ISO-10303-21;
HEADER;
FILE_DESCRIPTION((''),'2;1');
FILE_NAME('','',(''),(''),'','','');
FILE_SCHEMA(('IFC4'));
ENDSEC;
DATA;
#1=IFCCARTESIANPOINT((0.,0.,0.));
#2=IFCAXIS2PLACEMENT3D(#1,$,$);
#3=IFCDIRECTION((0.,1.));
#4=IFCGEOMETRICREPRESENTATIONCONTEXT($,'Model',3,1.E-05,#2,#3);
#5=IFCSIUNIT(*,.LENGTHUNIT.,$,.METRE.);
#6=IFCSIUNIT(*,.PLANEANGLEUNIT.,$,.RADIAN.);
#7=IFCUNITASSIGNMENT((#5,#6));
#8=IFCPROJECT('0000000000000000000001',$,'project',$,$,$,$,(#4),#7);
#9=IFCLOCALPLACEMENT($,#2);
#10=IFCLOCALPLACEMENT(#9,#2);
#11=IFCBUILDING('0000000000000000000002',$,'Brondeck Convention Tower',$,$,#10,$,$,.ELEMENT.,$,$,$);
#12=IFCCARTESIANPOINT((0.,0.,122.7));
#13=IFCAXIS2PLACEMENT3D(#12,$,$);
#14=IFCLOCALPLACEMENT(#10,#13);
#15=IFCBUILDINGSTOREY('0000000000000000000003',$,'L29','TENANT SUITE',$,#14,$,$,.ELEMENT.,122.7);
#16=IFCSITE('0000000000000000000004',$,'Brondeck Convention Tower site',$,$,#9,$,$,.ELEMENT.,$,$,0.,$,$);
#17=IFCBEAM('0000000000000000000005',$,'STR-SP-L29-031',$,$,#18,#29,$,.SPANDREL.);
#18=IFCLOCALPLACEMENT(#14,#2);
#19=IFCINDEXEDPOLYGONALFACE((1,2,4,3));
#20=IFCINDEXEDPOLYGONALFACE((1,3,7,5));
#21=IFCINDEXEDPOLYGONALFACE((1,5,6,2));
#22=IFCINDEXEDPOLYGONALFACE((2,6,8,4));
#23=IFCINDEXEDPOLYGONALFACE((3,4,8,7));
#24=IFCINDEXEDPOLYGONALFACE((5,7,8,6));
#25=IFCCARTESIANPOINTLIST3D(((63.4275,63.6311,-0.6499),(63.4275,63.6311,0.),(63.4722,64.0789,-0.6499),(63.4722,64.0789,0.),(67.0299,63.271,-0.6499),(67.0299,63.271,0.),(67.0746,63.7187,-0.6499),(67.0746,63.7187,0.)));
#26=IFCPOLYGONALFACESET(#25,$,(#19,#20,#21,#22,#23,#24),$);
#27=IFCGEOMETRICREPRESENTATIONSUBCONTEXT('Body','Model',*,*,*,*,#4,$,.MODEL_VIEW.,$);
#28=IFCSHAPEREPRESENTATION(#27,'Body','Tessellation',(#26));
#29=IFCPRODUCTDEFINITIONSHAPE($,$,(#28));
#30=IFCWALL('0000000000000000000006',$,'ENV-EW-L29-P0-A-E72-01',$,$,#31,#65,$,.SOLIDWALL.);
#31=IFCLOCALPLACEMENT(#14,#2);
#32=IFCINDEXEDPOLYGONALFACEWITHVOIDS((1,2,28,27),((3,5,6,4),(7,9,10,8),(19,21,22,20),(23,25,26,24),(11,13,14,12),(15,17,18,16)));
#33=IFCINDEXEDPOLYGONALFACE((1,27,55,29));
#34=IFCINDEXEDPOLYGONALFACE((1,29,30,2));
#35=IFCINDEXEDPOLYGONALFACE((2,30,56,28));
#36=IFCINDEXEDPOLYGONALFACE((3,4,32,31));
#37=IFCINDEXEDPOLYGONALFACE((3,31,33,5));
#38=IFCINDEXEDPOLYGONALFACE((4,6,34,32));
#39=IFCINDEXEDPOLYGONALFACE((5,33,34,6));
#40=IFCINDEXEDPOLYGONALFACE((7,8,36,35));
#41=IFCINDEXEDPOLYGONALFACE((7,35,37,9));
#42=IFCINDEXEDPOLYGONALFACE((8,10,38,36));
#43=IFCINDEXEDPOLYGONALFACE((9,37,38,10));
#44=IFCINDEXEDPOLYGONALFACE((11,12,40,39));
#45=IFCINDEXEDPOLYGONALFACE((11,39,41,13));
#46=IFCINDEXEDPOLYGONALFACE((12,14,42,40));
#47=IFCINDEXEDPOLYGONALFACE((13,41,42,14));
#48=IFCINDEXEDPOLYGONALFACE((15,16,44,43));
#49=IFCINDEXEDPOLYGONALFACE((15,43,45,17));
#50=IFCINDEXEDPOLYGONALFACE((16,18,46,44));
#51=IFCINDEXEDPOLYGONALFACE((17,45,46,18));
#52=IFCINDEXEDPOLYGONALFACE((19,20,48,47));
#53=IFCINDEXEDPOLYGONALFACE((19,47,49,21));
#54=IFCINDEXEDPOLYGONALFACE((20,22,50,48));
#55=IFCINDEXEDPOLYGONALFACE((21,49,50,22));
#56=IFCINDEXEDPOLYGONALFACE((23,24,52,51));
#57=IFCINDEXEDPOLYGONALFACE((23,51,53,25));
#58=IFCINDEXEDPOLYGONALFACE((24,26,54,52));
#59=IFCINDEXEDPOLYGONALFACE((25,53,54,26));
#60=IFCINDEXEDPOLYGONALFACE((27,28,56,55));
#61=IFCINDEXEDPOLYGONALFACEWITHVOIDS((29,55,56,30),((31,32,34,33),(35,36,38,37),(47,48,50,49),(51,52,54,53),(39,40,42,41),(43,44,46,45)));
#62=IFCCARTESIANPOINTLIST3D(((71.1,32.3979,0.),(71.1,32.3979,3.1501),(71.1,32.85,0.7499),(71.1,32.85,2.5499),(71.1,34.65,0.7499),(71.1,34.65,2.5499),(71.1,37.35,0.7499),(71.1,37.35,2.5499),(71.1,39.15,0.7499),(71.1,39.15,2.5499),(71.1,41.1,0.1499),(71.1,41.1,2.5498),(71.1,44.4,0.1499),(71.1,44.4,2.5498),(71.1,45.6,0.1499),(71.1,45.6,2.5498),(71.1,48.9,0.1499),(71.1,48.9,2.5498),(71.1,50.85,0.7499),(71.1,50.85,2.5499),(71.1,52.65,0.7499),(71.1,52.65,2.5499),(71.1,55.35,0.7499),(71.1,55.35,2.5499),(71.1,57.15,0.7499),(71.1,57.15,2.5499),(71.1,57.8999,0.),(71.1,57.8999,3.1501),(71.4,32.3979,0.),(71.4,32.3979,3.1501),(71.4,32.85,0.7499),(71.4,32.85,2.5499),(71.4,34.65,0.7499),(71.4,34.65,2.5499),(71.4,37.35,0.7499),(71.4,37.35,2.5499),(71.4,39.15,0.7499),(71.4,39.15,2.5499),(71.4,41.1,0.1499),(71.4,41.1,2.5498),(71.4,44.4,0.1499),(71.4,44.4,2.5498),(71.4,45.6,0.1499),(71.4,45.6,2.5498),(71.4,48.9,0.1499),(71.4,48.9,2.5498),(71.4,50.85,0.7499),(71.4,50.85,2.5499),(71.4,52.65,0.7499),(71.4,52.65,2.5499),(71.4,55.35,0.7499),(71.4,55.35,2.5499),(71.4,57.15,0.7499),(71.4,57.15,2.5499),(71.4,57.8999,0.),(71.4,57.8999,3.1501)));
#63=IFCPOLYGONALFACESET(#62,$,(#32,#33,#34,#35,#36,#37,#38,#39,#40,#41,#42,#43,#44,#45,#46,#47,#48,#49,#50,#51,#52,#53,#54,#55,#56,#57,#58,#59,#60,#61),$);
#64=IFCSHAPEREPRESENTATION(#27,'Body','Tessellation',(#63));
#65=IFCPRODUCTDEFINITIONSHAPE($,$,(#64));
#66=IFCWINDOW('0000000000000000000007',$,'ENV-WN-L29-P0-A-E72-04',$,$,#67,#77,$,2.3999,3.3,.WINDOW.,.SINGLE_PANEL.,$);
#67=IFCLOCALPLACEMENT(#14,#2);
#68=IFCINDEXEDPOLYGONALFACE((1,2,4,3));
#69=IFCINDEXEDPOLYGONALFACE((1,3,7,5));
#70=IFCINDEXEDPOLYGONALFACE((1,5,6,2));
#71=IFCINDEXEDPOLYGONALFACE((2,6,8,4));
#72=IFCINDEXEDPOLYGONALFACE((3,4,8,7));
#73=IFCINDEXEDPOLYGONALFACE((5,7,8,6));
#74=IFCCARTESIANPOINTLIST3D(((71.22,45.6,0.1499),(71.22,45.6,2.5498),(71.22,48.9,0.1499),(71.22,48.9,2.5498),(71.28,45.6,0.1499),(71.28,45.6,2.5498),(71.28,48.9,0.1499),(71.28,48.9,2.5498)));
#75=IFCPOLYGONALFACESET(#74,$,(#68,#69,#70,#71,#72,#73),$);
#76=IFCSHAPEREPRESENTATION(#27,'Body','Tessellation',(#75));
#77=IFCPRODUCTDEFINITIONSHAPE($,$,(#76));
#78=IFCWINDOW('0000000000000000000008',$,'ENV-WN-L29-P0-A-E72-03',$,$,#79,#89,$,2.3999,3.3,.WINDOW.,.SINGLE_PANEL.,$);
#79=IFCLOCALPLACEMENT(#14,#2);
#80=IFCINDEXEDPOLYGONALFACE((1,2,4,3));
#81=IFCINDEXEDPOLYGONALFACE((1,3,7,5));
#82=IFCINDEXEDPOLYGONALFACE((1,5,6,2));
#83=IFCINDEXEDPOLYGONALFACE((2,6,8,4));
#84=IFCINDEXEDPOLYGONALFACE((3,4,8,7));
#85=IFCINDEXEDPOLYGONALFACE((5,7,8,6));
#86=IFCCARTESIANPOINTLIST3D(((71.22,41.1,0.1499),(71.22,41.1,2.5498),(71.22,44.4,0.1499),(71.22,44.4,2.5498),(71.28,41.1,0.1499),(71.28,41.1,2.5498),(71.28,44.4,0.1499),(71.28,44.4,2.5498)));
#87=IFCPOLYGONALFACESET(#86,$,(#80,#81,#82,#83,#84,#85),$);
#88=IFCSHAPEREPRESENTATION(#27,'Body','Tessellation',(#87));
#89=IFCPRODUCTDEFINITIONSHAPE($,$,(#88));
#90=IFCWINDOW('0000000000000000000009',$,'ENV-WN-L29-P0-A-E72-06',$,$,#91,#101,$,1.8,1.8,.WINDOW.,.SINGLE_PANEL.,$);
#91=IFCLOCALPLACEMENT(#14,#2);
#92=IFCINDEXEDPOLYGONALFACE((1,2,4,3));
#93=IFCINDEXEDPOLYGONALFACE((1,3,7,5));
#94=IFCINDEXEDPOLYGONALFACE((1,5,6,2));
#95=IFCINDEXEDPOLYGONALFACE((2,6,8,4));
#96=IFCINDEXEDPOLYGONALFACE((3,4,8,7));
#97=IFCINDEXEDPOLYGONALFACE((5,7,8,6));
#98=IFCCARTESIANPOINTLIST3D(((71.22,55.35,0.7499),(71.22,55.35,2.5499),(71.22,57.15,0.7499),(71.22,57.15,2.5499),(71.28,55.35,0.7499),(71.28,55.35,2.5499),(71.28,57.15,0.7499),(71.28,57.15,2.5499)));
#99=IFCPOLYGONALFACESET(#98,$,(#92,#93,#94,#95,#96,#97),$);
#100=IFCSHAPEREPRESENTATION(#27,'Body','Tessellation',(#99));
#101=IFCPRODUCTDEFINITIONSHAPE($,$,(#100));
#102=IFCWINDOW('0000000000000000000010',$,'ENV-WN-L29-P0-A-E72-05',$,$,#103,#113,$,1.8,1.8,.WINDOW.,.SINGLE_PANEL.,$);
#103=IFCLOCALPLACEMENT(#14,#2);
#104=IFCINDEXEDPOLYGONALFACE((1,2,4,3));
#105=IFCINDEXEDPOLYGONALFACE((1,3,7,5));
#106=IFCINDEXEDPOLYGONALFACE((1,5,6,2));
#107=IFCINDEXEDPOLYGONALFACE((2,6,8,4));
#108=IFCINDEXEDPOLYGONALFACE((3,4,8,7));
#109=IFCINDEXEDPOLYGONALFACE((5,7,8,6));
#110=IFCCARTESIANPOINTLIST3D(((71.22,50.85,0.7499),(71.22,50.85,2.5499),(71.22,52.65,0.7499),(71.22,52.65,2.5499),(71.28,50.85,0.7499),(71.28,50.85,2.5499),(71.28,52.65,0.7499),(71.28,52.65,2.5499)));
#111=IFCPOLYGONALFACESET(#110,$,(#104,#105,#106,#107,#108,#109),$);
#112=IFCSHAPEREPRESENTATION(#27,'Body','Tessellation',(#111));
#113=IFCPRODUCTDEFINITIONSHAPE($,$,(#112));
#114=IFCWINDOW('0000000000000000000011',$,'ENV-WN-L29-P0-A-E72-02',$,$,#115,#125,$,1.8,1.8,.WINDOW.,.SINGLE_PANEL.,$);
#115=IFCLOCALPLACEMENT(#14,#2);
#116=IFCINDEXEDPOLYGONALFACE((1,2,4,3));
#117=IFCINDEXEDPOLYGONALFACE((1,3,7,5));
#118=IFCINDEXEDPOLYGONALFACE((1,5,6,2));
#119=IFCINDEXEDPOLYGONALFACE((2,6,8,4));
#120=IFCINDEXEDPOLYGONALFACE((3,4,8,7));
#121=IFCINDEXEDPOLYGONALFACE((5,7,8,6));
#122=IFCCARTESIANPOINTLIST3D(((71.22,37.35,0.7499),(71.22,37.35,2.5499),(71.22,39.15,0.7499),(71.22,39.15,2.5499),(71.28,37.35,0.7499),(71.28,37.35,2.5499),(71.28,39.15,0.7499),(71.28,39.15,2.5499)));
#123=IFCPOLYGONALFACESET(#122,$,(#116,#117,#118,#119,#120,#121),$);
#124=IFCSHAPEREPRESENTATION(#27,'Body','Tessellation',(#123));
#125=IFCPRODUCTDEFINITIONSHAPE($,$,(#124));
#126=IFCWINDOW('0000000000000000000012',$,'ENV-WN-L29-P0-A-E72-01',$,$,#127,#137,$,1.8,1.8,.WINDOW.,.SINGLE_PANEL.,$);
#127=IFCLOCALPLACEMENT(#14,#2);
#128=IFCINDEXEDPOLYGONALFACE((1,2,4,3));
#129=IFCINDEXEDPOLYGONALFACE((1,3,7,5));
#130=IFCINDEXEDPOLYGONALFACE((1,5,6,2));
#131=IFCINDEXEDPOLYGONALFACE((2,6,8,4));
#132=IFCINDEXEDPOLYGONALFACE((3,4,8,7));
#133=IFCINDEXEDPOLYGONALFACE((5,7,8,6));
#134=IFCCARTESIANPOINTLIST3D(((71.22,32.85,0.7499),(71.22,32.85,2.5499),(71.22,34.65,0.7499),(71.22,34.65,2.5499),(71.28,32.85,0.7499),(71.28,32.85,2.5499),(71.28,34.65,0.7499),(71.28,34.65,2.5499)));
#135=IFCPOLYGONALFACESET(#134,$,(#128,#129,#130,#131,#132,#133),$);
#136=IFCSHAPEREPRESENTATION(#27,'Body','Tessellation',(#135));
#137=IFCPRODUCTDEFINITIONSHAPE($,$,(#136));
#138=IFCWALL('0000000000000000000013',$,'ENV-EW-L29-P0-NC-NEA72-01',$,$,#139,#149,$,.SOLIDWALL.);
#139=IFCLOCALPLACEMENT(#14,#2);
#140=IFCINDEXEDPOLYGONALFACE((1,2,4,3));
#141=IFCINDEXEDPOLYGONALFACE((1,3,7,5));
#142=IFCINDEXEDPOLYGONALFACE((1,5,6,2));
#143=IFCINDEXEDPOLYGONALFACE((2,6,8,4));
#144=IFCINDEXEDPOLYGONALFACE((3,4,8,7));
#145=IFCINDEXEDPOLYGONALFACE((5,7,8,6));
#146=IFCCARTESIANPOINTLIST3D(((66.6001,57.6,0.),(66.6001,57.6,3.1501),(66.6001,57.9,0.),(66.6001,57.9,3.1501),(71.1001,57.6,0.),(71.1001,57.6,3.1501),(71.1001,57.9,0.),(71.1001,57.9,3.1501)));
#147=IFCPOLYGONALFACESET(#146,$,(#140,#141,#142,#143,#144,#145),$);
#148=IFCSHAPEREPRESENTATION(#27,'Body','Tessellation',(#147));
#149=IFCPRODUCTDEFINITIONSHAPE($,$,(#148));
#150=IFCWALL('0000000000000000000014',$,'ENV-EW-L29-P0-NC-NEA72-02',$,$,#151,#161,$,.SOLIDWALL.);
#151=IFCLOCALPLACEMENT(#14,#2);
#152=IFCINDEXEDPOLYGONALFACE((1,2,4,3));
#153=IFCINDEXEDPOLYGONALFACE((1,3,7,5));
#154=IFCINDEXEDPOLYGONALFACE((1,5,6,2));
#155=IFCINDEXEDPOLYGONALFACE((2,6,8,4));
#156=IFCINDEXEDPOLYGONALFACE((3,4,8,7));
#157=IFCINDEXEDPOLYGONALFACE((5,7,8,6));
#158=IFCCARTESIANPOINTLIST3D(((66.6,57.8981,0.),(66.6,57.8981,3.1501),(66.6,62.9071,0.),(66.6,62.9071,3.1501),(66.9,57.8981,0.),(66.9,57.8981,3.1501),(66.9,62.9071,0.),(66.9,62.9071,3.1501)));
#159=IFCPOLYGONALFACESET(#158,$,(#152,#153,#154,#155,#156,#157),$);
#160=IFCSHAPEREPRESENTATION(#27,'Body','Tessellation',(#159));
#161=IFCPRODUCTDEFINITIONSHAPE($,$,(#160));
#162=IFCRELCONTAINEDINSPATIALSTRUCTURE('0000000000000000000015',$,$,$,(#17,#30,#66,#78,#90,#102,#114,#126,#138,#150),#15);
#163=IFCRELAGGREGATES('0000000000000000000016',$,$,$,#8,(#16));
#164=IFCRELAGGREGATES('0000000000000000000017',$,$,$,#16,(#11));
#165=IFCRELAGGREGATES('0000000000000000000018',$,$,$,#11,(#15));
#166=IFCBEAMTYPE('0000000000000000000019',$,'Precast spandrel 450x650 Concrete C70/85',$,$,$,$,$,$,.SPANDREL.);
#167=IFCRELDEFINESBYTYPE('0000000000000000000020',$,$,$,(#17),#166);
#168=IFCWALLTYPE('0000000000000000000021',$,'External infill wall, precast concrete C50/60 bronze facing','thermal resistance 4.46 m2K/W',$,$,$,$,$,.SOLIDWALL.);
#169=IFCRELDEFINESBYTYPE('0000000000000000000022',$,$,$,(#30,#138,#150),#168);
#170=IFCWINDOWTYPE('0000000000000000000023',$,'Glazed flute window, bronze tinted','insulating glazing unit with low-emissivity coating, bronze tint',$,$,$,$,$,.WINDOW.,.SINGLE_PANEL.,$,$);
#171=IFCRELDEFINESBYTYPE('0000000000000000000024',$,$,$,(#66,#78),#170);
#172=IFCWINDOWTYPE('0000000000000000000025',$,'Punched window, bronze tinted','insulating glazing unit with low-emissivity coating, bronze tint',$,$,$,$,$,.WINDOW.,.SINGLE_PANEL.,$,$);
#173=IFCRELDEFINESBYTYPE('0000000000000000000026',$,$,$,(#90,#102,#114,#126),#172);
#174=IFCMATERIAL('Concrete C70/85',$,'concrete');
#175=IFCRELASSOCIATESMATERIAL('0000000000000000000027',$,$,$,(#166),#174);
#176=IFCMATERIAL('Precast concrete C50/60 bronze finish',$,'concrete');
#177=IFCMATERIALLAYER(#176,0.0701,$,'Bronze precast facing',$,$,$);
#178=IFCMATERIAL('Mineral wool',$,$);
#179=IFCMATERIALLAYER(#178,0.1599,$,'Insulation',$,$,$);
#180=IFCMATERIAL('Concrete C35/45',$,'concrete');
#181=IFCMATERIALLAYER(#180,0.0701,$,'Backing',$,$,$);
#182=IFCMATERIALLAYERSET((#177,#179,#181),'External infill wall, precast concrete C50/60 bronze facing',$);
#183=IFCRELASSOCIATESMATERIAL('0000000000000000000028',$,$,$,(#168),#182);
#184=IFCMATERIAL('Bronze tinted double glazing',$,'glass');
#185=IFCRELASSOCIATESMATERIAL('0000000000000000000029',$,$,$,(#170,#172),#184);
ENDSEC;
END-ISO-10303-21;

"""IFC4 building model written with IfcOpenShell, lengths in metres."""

from ifc_helpers import new_model, si_unit, direction, frame, frame_2d, origin, origin_2d, place, context, subcontext, project, spatial, rectangle, extrude, material, layer, layer_set, material_profile, profile_set, type_object, element, fill, save


model = new_model("IFC4")

# Units and contexts
model_context = context("Model", 3, precision=1e-05, world=origin(), true_north=direction((0.0, 1.0)))
body_context = subcontext(model_context, "Body", "Model", "MODEL_VIEW")
ifc_project = project(units=[si_unit("LENGTHUNIT", "METRE"), si_unit("PLANEANGLEUNIT", "RADIAN")], contexts=[model_context])

# Site, building, storey
site_placement = place(None, origin())
site = spatial("IfcSite", under=ifc_project, at=site_placement, Name="Brondeck Convention Tower site", CompositionType="ELEMENT", RefElevation=0.0)
building_placement = place(site_placement, origin())
building = spatial("IfcBuilding", under=site, at=building_placement, Name="Brondeck Convention Tower", CompositionType="ELEMENT")
storey_placement = place(building_placement, frame((0.0, 0.0, 122.7)))
storey = spatial("IfcBuildingStorey", under=building, at=storey_placement, Name="L29", Description="TENANT SUITE", CompositionType="ELEMENT", Elevation=122.7)

# Shared definitions
ifc_material_1 = material(Name="Concrete C70/85", Category="concrete")

# Beam
ifc_material_profile_1 = material_profile(ifc_material_1, rectangle(XDim=0.45, YDim=0.6499, at=origin_2d()), Name="Precast spandrel 450x650 Concrete C70/85")
ifc_profile_set_1 = profile_set([ifc_material_profile_1], Name="Concrete C70/85")
beam_type_1 = type_object("IfcBeamType", Name="Precast spandrel 450x650 Concrete C70/85", PredefinedType="SPANDREL", material=ifc_profile_set_1)
beam_1_placement = place(storey_placement, frame((67.0522, 63.4949, -0.325), z_axis=(-0.995041, 0.09947, 0.0), x_axis=(-0.09947, -0.995041, 0.0)))
element("IfcBeam", 1, at=beam_1_placement, inside=storey, type_object=beam_type_1, Name="STR-SP-L29-031", PredefinedType="SPANDREL", context=body_context, shape_type="SweptSolid", body=[
    extrude(rectangle(XDim=0.45, YDim=0.6499, at=origin_2d()), origin(), (0.0, 0.0, 1.0), 3.6204),
])

# Wall, openings, windows
ifc_material_2 = material(Name="Precast concrete C50/60 bronze finish", Category="concrete")
ifc_layer_1 = layer(ifc_material_2, 0.0701, Name="Bronze precast facing")
ifc_material_3 = material(Name="Mineral wool")
ifc_layer_2 = layer(ifc_material_3, 0.1599, Name="Insulation")
ifc_material_4 = material(Name="Concrete C35/45", Category="concrete")
ifc_layer_3 = layer(ifc_material_4, 0.0701, Name="Backing")
ifc_layer_set_1 = layer_set([ifc_layer_1, ifc_layer_2, ifc_layer_3], Name="External infill wall, precast concrete C50/60 bronze facing")
wall_type_1 = type_object("IfcWallType", Name="External infill wall, precast concrete C50/60 bronze facing", Description="thermal resistance 4.46 m2K/W", PredefinedType="SOLIDWALL", material=ifc_layer_set_1)
wall_1_placement = place(storey_placement, frame((71.25, 57.8999, 0.0), z_axis=(0.0, 0.0, 1.0), x_axis=(0.0, -1.0, 0.0)))
wall_1 = element("IfcWall", 2, at=wall_1_placement, inside=storey, type_object=wall_type_1, Name="ENV-EW-L29-P0-A-E72-01", PredefinedType="SOLIDWALL", context=body_context, shape_type="SweptSolid", body=[
    extrude(rectangle(XDim=25.502, YDim=0.3, at=frame_2d((12.751, 0.0))), origin(), (0.0, 0.0, 1.0), 3.1501),
])
opening_1_placement = place(wall_1_placement, frame((0.75, 0.0, 0.75)))
opening_1 = element("IfcOpeningElement", 3, at=opening_1_placement, cuts=wall_1, PredefinedType="OPENING", context=body_context, shape_type="SweptSolid", body=[
    extrude(rectangle(XDim=1.8, YDim=1.8, at=frame_2d((0.8999, 0.8999))), frame((0.0, 0.1599, 0.0), z_axis=(0.0, -1.0, 0.0), x_axis=(1.0, 0.0, 0.0)), (0.0, 0.0, 1.0), 0.3201),
])
opening_2_placement = place(wall_1_placement, frame((5.25, 0.0, 0.75)))
opening_2 = element("IfcOpeningElement", 4, at=opening_2_placement, cuts=wall_1, PredefinedType="OPENING", context=body_context, shape_type="SweptSolid", body=[
    extrude(rectangle(XDim=1.8, YDim=1.8, at=frame_2d((0.8999, 0.8999))), frame((0.0, 0.1599, 0.0), z_axis=(0.0, -1.0, 0.0), x_axis=(1.0, 0.0, 0.0)), (0.0, 0.0, 1.0), 0.3201),
])
opening_3_placement = place(wall_1_placement, frame((9.0, 0.0, 0.1499)))
opening_3 = element("IfcOpeningElement", 5, at=opening_3_placement, cuts=wall_1, PredefinedType="OPENING", context=body_context, shape_type="SweptSolid", body=[
    extrude(rectangle(XDim=3.3, YDim=2.3999, at=frame_2d((1.6499, 1.2))), frame((0.0, 0.1599, 0.0), z_axis=(0.0, -1.0, 0.0), x_axis=(1.0, 0.0, 0.0)), (0.0, 0.0, 1.0), 0.3201),
])
opening_4_placement = place(wall_1_placement, frame((13.5, 0.0, 0.1499)))
opening_4 = element("IfcOpeningElement", 6, at=opening_4_placement, cuts=wall_1, PredefinedType="OPENING", context=body_context, shape_type="SweptSolid", body=[
    extrude(rectangle(XDim=3.3, YDim=2.3999, at=frame_2d((1.6499, 1.2))), frame((0.0, 0.1599, 0.0), z_axis=(0.0, -1.0, 0.0), x_axis=(1.0, 0.0, 0.0)), (0.0, 0.0, 1.0), 0.3201),
])
opening_5_placement = place(wall_1_placement, frame((18.75, 0.0, 0.75)))
opening_5 = element("IfcOpeningElement", 7, at=opening_5_placement, cuts=wall_1, PredefinedType="OPENING", context=body_context, shape_type="SweptSolid", body=[
    extrude(rectangle(XDim=1.8, YDim=1.8, at=frame_2d((0.8999, 0.8999))), frame((0.0, 0.1599, 0.0), z_axis=(0.0, -1.0, 0.0), x_axis=(1.0, 0.0, 0.0)), (0.0, 0.0, 1.0), 0.3201),
])
opening_6_placement = place(wall_1_placement, frame((23.25, 0.0, 0.75)))
opening_6 = element("IfcOpeningElement", 8, at=opening_6_placement, cuts=wall_1, PredefinedType="OPENING", context=body_context, shape_type="SweptSolid", body=[
    extrude(rectangle(XDim=1.8, YDim=1.8, at=frame_2d((0.8999, 0.8999))), frame((0.0, 0.1599, 0.0), z_axis=(0.0, -1.0, 0.0), x_axis=(1.0, 0.0, 0.0)), (0.0, 0.0, 1.0), 0.3201),
])
ifc_material_5 = material(Name="Bronze tinted double glazing", Category="glass")
window_type_1 = type_object("IfcWindowType", Name="Glazed flute window, bronze tinted", Description="insulating glazing unit with low-emissivity coating, bronze tint", PartitioningType="SINGLE_PANEL", PredefinedType="WINDOW", material=ifc_material_5)
window_1_placement = place(opening_3_placement, origin())
window_1 = element("IfcWindow", 9, at=window_1_placement, inside=storey, type_object=window_type_1, Name="ENV-WN-L29-P0-A-E72-04", OverallHeight=2.3999, OverallWidth=3.3, PartitioningType="SINGLE_PANEL", PredefinedType="WINDOW", context=body_context, shape_type="SweptSolid", body=[
    extrude(rectangle(XDim=3.3, YDim=2.3999, at=frame_2d((1.6499, 1.2))), frame((0.0, 0.03, 0.0), z_axis=(0.0, -1.0, 0.0), x_axis=(1.0, 0.0, 0.0)), (0.0, 0.0, 1.0), 0.0601),
])
fill(opening_3, window_1)
window_2_placement = place(opening_4_placement, origin())
window_2 = element("IfcWindow", 10, at=window_2_placement, inside=storey, type_object=window_type_1, Name="ENV-WN-L29-P0-A-E72-03", OverallHeight=2.3999, OverallWidth=3.3, PartitioningType="SINGLE_PANEL", PredefinedType="WINDOW", context=body_context, shape_type="SweptSolid", body=[
    extrude(rectangle(XDim=3.3, YDim=2.3999, at=frame_2d((1.6499, 1.2))), frame((0.0, 0.03, 0.0), z_axis=(0.0, -1.0, 0.0), x_axis=(1.0, 0.0, 0.0)), (0.0, 0.0, 1.0), 0.0601),
])
fill(opening_4, window_2)
window_type_2 = type_object("IfcWindowType", Name="Punched window, bronze tinted", Description="insulating glazing unit with low-emissivity coating, bronze tint", PartitioningType="SINGLE_PANEL", PredefinedType="WINDOW", material=ifc_material_5)
window_3_placement = place(opening_1_placement, origin())
window_3 = element("IfcWindow", 11, at=window_3_placement, inside=storey, type_object=window_type_2, Name="ENV-WN-L29-P0-A-E72-06", OverallHeight=1.8, OverallWidth=1.8, PartitioningType="SINGLE_PANEL", PredefinedType="WINDOW", context=body_context, shape_type="SweptSolid", body=[
    extrude(rectangle(XDim=1.8, YDim=1.8, at=frame_2d((0.8999, 0.8999))), frame((0.0, 0.03, 0.0), z_axis=(0.0, -1.0, 0.0), x_axis=(1.0, 0.0, 0.0)), (0.0, 0.0, 1.0), 0.0601),
])
fill(opening_1, window_3)
window_4_placement = place(opening_2_placement, origin())
window_4 = element("IfcWindow", 12, at=window_4_placement, inside=storey, type_object=window_type_2, Name="ENV-WN-L29-P0-A-E72-05", OverallHeight=1.8, OverallWidth=1.8, PartitioningType="SINGLE_PANEL", PredefinedType="WINDOW", context=body_context, shape_type="SweptSolid", body=[
    extrude(rectangle(XDim=1.8, YDim=1.8, at=frame_2d((0.8999, 0.8999))), frame((0.0, 0.03, 0.0), z_axis=(0.0, -1.0, 0.0), x_axis=(1.0, 0.0, 0.0)), (0.0, 0.0, 1.0), 0.0601),
])
fill(opening_2, window_4)
window_5_placement = place(opening_5_placement, origin())
window_5 = element("IfcWindow", 13, at=window_5_placement, inside=storey, type_object=window_type_2, Name="ENV-WN-L29-P0-A-E72-02", OverallHeight=1.8, OverallWidth=1.8, PartitioningType="SINGLE_PANEL", PredefinedType="WINDOW", context=body_context, shape_type="SweptSolid", body=[
    extrude(rectangle(XDim=1.8, YDim=1.8, at=frame_2d((0.8999, 0.8999))), frame((0.0, 0.03, 0.0), z_axis=(0.0, -1.0, 0.0), x_axis=(1.0, 0.0, 0.0)), (0.0, 0.0, 1.0), 0.0601),
])
fill(opening_5, window_5)
window_6_placement = place(opening_6_placement, origin())
window_6 = element("IfcWindow", 14, at=window_6_placement, inside=storey, type_object=window_type_2, Name="ENV-WN-L29-P0-A-E72-01", OverallHeight=1.8, OverallWidth=1.8, PartitioningType="SINGLE_PANEL", PredefinedType="WINDOW", context=body_context, shape_type="SweptSolid", body=[
    extrude(rectangle(XDim=1.8, YDim=1.8, at=frame_2d((0.8999, 0.8999))), frame((0.0, 0.03, 0.0), z_axis=(0.0, -1.0, 0.0), x_axis=(1.0, 0.0, 0.0)), (0.0, 0.0, 1.0), 0.0601),
])
fill(opening_6, window_6)

# Walls
wall_2_placement = place(storey_placement, frame((66.6001, 57.75, 0.0), z_axis=(0.0, 0.0, 1.0), x_axis=(1.0, 0.0, 0.0)))
element("IfcWall", 15, at=wall_2_placement, inside=storey, type_object=wall_type_1, Name="ENV-EW-L29-P0-NC-NEA72-01", PredefinedType="SOLIDWALL", context=body_context, shape_type="SweptSolid", body=[
    extrude(rectangle(XDim=4.5, YDim=0.3, at=frame_2d((2.25, 0.0))), origin(), (0.0, 0.0, 1.0), 3.1501),
])
wall_3_placement = place(storey_placement, frame((66.75, 62.907, 0.0), z_axis=(0.0, 0.0, 1.0), x_axis=(0.0, -1.0, 0.0)))
element("IfcWall", 16, at=wall_3_placement, inside=storey, type_object=wall_type_1, Name="ENV-EW-L29-P0-NC-NEA72-02", PredefinedType="SOLIDWALL", context=body_context, shape_type="SweptSolid", body=[
    extrude(rectangle(XDim=5.009, YDim=0.3, at=frame_2d((2.5044, 0.0))), origin(), (0.0, 0.0, 1.0), 3.1501),
])

save(model, "model.ifc")
